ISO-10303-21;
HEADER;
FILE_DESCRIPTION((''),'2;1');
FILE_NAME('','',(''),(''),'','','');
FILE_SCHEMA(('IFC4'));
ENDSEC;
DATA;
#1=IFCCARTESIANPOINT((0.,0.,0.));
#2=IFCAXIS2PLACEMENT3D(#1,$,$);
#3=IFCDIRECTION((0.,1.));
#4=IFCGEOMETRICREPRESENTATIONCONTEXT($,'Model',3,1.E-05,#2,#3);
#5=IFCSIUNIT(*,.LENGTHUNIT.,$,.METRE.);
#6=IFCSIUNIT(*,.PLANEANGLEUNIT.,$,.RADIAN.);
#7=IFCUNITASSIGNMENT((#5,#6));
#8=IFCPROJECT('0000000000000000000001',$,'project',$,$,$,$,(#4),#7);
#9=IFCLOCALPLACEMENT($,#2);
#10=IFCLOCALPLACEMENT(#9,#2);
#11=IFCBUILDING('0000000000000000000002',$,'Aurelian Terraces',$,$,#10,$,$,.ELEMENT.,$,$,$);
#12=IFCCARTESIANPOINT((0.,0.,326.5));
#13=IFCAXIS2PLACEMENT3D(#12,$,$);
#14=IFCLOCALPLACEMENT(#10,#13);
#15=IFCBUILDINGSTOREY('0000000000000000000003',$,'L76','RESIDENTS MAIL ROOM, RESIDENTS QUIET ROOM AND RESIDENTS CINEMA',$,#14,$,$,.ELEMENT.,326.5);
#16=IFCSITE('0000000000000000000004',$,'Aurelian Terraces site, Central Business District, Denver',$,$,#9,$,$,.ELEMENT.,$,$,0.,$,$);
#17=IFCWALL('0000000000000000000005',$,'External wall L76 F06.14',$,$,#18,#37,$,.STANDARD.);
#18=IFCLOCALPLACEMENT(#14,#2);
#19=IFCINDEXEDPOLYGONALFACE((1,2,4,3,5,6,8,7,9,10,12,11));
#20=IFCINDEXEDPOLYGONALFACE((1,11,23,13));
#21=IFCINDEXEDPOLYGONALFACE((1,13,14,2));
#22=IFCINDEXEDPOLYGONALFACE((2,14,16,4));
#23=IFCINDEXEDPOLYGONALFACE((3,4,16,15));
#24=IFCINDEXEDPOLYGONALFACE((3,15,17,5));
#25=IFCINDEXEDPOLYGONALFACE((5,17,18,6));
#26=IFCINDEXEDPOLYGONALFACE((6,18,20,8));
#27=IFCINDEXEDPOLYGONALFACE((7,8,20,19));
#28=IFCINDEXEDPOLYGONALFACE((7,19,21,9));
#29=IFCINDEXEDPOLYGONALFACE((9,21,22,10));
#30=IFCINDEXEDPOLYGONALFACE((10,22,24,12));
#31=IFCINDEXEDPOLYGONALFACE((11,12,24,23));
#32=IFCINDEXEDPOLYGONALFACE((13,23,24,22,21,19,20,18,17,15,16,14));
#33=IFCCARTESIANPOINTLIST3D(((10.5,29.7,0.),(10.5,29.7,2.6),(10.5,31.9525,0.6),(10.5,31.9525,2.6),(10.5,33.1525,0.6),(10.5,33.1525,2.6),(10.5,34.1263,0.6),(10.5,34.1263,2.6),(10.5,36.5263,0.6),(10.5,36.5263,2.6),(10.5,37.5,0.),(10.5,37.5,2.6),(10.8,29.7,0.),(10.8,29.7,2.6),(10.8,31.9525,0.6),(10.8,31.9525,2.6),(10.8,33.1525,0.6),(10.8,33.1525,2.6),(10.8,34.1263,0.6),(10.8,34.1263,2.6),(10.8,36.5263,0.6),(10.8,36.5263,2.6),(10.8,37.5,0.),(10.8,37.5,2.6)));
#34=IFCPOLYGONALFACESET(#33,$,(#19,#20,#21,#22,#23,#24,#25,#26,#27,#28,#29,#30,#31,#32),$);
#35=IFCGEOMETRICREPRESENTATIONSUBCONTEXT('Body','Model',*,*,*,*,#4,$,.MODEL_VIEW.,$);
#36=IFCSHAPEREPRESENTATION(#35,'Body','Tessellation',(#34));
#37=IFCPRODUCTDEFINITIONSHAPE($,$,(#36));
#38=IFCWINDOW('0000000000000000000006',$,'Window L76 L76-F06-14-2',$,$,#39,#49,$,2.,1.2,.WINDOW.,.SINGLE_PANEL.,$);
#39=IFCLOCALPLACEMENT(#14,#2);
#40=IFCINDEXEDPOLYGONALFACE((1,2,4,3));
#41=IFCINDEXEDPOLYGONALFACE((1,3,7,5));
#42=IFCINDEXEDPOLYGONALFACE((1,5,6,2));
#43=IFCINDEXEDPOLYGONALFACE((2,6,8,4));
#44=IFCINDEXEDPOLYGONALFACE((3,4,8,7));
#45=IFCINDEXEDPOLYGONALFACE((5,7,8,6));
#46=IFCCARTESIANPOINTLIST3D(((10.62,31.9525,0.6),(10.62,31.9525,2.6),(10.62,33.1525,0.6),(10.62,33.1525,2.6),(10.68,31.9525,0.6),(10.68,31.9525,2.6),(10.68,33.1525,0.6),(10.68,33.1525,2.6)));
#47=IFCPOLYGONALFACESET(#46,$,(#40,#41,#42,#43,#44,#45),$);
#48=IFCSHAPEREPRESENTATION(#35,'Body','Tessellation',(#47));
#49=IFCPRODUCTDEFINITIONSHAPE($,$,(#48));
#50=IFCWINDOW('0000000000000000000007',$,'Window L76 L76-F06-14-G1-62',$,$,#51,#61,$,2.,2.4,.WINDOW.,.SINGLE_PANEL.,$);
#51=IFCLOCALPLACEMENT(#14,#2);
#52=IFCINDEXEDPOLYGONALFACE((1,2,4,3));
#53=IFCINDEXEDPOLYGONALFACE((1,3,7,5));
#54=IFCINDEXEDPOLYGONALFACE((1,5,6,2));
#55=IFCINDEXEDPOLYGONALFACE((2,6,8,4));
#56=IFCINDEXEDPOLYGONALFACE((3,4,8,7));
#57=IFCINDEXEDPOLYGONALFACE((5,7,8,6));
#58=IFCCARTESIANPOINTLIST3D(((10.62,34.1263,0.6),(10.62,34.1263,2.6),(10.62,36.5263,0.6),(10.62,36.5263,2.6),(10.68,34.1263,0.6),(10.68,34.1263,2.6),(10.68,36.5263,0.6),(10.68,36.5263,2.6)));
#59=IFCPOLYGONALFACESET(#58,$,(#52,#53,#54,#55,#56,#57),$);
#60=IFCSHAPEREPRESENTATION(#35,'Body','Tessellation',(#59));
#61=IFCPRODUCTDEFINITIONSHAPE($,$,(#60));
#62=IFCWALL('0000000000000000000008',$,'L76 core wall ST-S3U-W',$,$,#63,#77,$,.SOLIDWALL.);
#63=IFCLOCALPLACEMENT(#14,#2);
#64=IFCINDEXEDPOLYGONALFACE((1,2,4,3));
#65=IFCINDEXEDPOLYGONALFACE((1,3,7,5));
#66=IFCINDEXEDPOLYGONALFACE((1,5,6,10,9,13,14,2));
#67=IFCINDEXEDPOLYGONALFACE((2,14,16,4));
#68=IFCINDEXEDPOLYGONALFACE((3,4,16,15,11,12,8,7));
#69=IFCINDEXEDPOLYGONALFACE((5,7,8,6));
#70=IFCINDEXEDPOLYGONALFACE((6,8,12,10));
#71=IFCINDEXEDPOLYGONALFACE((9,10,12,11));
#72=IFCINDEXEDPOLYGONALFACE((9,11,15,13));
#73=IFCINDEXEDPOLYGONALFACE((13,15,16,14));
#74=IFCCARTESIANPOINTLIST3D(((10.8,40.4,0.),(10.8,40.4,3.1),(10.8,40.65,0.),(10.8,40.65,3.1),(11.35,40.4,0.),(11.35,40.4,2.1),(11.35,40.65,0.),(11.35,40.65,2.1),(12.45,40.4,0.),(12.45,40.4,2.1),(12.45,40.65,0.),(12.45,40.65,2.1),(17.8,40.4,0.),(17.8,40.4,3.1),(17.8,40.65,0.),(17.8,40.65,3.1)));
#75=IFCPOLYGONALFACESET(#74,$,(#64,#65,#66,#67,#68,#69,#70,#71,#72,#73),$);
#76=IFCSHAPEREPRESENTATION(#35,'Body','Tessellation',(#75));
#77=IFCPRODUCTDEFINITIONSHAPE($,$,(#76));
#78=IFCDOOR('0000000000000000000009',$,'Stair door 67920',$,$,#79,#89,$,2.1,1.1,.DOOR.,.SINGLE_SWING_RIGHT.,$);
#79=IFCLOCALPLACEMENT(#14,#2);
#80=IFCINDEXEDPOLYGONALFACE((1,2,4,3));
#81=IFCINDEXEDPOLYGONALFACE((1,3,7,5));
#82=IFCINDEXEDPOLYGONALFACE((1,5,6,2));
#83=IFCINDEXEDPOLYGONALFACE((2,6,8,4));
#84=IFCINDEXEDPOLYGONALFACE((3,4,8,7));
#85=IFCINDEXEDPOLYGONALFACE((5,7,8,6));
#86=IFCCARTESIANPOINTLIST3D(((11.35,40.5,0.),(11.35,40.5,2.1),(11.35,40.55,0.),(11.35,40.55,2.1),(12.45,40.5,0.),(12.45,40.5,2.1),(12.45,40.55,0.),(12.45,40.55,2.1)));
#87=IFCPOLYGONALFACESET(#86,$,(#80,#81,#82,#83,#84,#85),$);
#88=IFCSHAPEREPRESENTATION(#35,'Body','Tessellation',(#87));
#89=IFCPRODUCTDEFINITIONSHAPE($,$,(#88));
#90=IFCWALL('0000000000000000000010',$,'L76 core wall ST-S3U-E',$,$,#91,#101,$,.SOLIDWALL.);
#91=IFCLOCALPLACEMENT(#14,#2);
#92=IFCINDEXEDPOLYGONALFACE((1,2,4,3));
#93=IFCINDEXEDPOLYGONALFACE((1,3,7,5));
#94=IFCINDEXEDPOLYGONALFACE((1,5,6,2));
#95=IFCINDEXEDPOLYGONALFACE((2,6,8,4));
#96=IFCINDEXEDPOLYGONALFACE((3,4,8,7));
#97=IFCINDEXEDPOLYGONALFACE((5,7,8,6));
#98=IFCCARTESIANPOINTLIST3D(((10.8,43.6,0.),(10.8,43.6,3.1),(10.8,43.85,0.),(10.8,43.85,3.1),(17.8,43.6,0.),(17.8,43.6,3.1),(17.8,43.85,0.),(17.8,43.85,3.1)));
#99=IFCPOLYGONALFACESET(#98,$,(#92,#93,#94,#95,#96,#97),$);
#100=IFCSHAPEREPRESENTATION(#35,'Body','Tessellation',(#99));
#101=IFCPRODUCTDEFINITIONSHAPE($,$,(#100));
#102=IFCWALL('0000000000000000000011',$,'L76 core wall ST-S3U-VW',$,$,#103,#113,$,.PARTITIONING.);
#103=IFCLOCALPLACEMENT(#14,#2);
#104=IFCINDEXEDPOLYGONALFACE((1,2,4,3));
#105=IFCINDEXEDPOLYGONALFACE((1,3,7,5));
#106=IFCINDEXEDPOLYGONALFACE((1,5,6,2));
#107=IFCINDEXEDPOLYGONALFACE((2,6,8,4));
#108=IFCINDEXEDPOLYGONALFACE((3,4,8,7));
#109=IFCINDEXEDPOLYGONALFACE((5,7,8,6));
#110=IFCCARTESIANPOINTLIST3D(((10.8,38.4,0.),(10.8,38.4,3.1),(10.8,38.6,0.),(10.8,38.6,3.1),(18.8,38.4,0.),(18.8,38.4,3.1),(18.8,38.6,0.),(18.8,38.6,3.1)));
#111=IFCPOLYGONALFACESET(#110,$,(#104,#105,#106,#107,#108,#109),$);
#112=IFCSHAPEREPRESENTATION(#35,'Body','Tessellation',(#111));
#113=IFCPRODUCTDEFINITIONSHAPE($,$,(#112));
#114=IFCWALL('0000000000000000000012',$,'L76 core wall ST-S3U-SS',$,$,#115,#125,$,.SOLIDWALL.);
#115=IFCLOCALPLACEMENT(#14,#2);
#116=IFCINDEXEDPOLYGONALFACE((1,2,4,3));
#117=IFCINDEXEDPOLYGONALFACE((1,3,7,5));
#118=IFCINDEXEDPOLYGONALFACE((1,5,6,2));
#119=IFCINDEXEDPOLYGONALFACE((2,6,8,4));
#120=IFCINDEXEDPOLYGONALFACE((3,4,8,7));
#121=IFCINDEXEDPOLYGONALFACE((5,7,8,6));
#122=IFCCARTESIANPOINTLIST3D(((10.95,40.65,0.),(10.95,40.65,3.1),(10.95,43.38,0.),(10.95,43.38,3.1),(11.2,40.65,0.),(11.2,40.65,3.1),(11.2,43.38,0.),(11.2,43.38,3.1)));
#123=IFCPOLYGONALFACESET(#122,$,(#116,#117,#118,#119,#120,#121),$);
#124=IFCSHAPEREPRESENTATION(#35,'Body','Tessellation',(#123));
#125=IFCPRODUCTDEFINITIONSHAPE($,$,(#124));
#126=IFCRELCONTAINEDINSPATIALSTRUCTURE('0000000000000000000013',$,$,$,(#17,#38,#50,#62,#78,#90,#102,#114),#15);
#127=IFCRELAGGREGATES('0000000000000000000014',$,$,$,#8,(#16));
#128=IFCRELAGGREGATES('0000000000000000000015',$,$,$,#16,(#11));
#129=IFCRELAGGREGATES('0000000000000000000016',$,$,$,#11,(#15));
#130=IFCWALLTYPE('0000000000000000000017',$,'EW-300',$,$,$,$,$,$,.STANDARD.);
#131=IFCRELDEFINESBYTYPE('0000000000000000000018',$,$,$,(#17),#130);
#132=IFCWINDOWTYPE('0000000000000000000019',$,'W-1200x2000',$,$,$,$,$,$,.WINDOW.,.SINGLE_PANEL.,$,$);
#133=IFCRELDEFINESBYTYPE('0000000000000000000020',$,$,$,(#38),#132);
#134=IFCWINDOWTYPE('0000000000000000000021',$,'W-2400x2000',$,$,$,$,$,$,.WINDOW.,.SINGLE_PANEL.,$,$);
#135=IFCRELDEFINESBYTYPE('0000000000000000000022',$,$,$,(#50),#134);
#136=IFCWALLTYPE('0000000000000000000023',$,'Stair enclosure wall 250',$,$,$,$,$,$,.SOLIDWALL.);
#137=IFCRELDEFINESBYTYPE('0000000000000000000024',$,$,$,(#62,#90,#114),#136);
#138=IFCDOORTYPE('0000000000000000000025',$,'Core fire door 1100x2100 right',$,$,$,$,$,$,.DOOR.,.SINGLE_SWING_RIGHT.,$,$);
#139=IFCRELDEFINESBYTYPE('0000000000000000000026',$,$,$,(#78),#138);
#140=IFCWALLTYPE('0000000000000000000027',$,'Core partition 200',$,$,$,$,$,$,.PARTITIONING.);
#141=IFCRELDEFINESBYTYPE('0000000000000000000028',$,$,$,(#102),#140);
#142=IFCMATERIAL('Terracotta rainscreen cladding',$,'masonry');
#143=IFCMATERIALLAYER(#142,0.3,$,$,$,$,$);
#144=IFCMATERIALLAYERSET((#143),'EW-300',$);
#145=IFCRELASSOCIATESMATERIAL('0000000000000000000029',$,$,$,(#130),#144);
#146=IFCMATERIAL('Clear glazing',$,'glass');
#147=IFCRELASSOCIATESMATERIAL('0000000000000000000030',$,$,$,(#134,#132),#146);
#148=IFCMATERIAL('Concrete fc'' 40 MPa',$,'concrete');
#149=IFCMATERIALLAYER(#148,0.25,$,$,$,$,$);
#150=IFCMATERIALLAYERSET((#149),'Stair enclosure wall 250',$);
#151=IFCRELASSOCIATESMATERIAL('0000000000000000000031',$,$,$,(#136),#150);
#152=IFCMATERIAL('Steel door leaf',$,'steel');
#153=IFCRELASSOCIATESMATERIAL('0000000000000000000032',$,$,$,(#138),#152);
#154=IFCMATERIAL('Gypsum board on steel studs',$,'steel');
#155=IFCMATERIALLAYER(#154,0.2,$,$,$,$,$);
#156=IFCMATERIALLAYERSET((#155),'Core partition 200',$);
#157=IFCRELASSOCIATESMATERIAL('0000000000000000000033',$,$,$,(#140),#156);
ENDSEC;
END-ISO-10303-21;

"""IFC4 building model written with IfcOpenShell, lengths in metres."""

from ifc_helpers import new_model, si_unit, direction, frame, frame_2d, origin, place, context, subcontext, project, spatial, rectangle, extrude, source, transform, mapped, material, layer, layer_set, type_object, element, fill, save


model = new_model("IFC4")

# Units and contexts
model_context = context("Model", 3, precision=1e-05, world=origin(), true_north=direction((0.0, 1.0)))
body_context = subcontext(model_context, "Body", "Model", "MODEL_VIEW")
ifc_project = project(units=[si_unit("LENGTHUNIT", "METRE"), si_unit("PLANEANGLEUNIT", "RADIAN")], contexts=[model_context])

# Site, building, storey
site_placement = place(None, origin())
site = spatial("IfcSite", under=ifc_project, at=site_placement, Name="Aurelian Terraces site, Central Business District, Denver", CompositionType="ELEMENT", RefElevation=0.0)
building_placement = place(site_placement, origin())
building = spatial("IfcBuilding", under=site, at=building_placement, Name="Aurelian Terraces", CompositionType="ELEMENT")
storey_placement = place(building_placement, frame((0.0, 0.0, 326.5)))
storey = spatial("IfcBuildingStorey", under=building, at=storey_placement, Name="L76", Description="RESIDENTS MAIL ROOM, RESIDENTS QUIET ROOM AND RESIDENTS CINEMA", CompositionType="ELEMENT", Elevation=326.5)

# Shared definitions
ifc_material_1 = material(Name="Concrete fc' 40 MPa", Category="concrete")

# Wall, openings, windows
ifc_material_2 = material(Name="Terracotta rainscreen cladding", Category="masonry")
ifc_layer_1 = layer(ifc_material_2, 0.3)
ifc_layer_set_1 = layer_set([ifc_layer_1], Name="EW-300")
wall_type_1 = type_object("IfcWallType", Name="EW-300", PredefinedType="STANDARD", material=ifc_layer_set_1)
shared_shape_1 = source(origin(), body_context, "Body", "SweptSolid", [
    extrude(rectangle(XDim=2.4, YDim=2.0, at=frame_2d((1.2, 1.0))), frame((0.0, 0.16, 0.0), z_axis=(0.0, -1.0, 0.0), x_axis=(1.0, 0.0, 0.0)), (0.0, 0.0, 1.0), 0.32),
])
ifc_material_3 = material(Name="Clear glazing", Category="glass")
window_type_1 = type_object("IfcWindowType", Name="W-2400x2000", PartitioningType="SINGLE_PANEL", PredefinedType="WINDOW", material=ifc_material_3)
shared_shape_2 = source(origin(), body_context, "Body", "SweptSolid", [
    extrude(rectangle(XDim=2.4, YDim=2.0, at=frame_2d((1.2, 1.0))), frame((0.0, 0.03, 0.0), z_axis=(0.0, -1.0, 0.0), x_axis=(1.0, 0.0, 0.0)), (0.0, 0.0, 1.0), 0.06),
])
shared_shape_3 = source(origin(), body_context, "Body", "SweptSolid", [
    extrude(rectangle(XDim=7.8, YDim=0.3, at=frame_2d((3.9, 0.0))), origin(), (0.0, 0.0, 1.0), 2.6),
])
wall_1_placement = place(storey_placement, frame((10.65, 37.5, 0.0), z_axis=(0.0, 0.0, 1.0), x_axis=(0.0, -1.0, 0.0)))
wall_1 = element("IfcWall", 1, at=wall_1_placement, inside=storey, type_object=wall_type_1, Name="External wall L76 F06.14", PredefinedType="STANDARD", context=body_context, shape_type="MappedRepresentation", body=[
    mapped(shared_shape_3, transform((0.0, 0.0, 0.0), scale=1.0)),
])
shared_shape_4 = source(origin(), body_context, "Body", "SweptSolid", [
    extrude(rectangle(XDim=1.2, YDim=2.0, at=frame_2d((0.6, 1.0))), frame((0.0, 0.16, 0.0), z_axis=(0.0, -1.0, 0.0), x_axis=(1.0, 0.0, 0.0)), (0.0, 0.0, 1.0), 0.32),
])
opening_1_placement = place(wall_1_placement, frame((4.3475, 0.0, 0.6)))
opening_1 = element("IfcOpeningElement", 2, at=opening_1_placement, cuts=wall_1, PredefinedType="OPENING", context=body_context, shape_type="MappedRepresentation", body=[
    mapped(shared_shape_4, transform((0.0, 0.0, 0.0), scale=1.0)),
])
opening_2_placement = place(wall_1_placement, frame((0.9737, 0.0, 0.6)))
opening_2 = element("IfcOpeningElement", 3, at=opening_2_placement, cuts=wall_1, PredefinedType="OPENING", context=body_context, shape_type="MappedRepresentation", body=[
    mapped(shared_shape_1, transform((0.0, 0.0, 0.0), scale=1.0)),
])
window_type_2 = type_object("IfcWindowType", Name="W-1200x2000", PartitioningType="SINGLE_PANEL", PredefinedType="WINDOW", material=ifc_material_3)
shared_shape_5 = source(origin(), body_context, "Body", "SweptSolid", [
    extrude(rectangle(XDim=1.2, YDim=2.0, at=frame_2d((0.6, 1.0))), frame((0.0, 0.03, 0.0), z_axis=(0.0, -1.0, 0.0), x_axis=(1.0, 0.0, 0.0)), (0.0, 0.0, 1.0), 0.06),
])
window_1_placement = place(opening_1_placement, origin())
window_1 = element("IfcWindow", 4, at=window_1_placement, inside=storey, type_object=window_type_2, Name="Window L76 L76-F06-14-2", OverallHeight=2.0, OverallWidth=1.2, PartitioningType="SINGLE_PANEL", PredefinedType="WINDOW", context=body_context, shape_type="MappedRepresentation", body=[
    mapped(shared_shape_5, transform((0.0, 0.0, 0.0), scale=1.0)),
])
fill(opening_1, window_1)
window_2_placement = place(opening_2_placement, origin())
window_2 = element("IfcWindow", 5, at=window_2_placement, inside=storey, type_object=window_type_1, Name="Window L76 L76-F06-14-G1-62", OverallHeight=2.0, OverallWidth=2.4, PartitioningType="SINGLE_PANEL", PredefinedType="WINDOW", context=body_context, shape_type="MappedRepresentation", body=[
    mapped(shared_shape_2, transform((0.0, 0.0, 0.0), scale=1.0)),
])
fill(opening_2, window_2)

# Wall, opening, door
ifc_layer_2 = layer(ifc_material_1, 0.25)
ifc_layer_set_2 = layer_set([ifc_layer_2], Name="Stair enclosure wall 250")
wall_type_2 = type_object("IfcWallType", Name="Stair enclosure wall 250", PredefinedType="SOLIDWALL", material=ifc_layer_set_2)
shared_shape_6 = source(origin(), body_context, "Body", "SweptSolid", [
    extrude(rectangle(XDim=7.0, YDim=0.25, at=frame_2d((3.5, 0.0))), origin(), (0.0, 0.0, 1.0), 3.1),
])
wall_2_placement = place(storey_placement, frame((10.8, 40.525, 0.0), z_axis=(0.0, 0.0, 1.0), x_axis=(1.0, 0.0, 0.0)))
wall_2 = element("IfcWall", 6, at=wall_2_placement, inside=storey, type_object=wall_type_2, Name="L76 core wall ST-S3U-W", PredefinedType="SOLIDWALL", context=body_context, shape_type="MappedRepresentation", body=[
    mapped(shared_shape_6, transform((0.0, 0.0, 0.0), scale=1.0)),
])
shared_shape_7 = source(origin(), body_context, "Body", "SweptSolid", [
    extrude(rectangle(XDim=1.1, YDim=2.1, at=frame_2d((0.55, 1.05))), frame((0.0, 0.135, 0.0), z_axis=(0.0, -1.0, 0.0), x_axis=(1.0, 0.0, 0.0)), (0.0, 0.0, 1.0), 0.27),
])
opening_3_placement = place(wall_2_placement, frame((0.55, 0.0, 0.0)))
opening_3 = element("IfcOpeningElement", 7, at=opening_3_placement, cuts=wall_2, PredefinedType="OPENING", context=body_context, shape_type="MappedRepresentation", body=[
    mapped(shared_shape_7, transform((0.0, 0.0, 0.0), scale=1.0)),
])
ifc_material_4 = material(Name="Steel door leaf", Category="steel")
door_type_1 = type_object("IfcDoorType", Name="Core fire door 1100x2100 right", OperationType="SINGLE_SWING_RIGHT", PredefinedType="DOOR", material=ifc_material_4)
shared_shape_8 = source(origin(), body_context, "Body", "SweptSolid", [
    extrude(rectangle(XDim=1.1, YDim=2.1, at=frame_2d((0.55, 1.05))), frame((0.0, 0.025, 0.0), z_axis=(0.0, -1.0, 0.0), x_axis=(1.0, 0.0, 0.0)), (0.0, 0.0, 1.0), 0.05),
])
door_1_placement = place(opening_3_placement, origin())
door_1 = element("IfcDoor", 8, at=door_1_placement, inside=storey, type_object=door_type_1, Name="Stair door 67920", OperationType="SINGLE_SWING_RIGHT", OverallHeight=2.1, OverallWidth=1.1, PredefinedType="DOOR", context=body_context, shape_type="MappedRepresentation", body=[
    mapped(shared_shape_8, transform((0.0, 0.0, 0.0), scale=1.0)),
])
fill(opening_3, door_1)

# Walls
wall_3_placement = place(storey_placement, frame((10.8, 43.725, 0.0), z_axis=(0.0, 0.0, 1.0), x_axis=(1.0, 0.0, 0.0)))
element("IfcWall", 9, at=wall_3_placement, inside=storey, type_object=wall_type_2, Name="L76 core wall ST-S3U-E", PredefinedType="SOLIDWALL", context=body_context, shape_type="MappedRepresentation", body=[
    mapped(shared_shape_6, transform((0.0, 0.0, 0.0), scale=1.0)),
])
ifc_material_5 = material(Name="Gypsum board on steel studs", Category="steel")
ifc_layer_3 = layer(ifc_material_5, 0.2)
ifc_layer_set_3 = layer_set([ifc_layer_3], Name="Core partition 200")
wall_type_3 = type_object("IfcWallType", Name="Core partition 200", PredefinedType="PARTITIONING", material=ifc_layer_set_3)
shared_shape_9 = source(origin(), body_context, "Body", "SweptSolid", [
    extrude(rectangle(XDim=8.0, YDim=0.2, at=frame_2d((4.0, 0.0))), origin(), (0.0, 0.0, 1.0), 3.1),
])
wall_4_placement = place(storey_placement, frame((10.8, 38.5, 0.0), z_axis=(0.0, 0.0, 1.0), x_axis=(1.0, 0.0, 0.0)))
element("IfcWall", 10, at=wall_4_placement, inside=storey, type_object=wall_type_3, Name="L76 core wall ST-S3U-VW", PredefinedType="PARTITIONING", context=body_context, shape_type="MappedRepresentation", body=[
    mapped(shared_shape_9, transform((0.0, 0.0, 0.0), scale=1.0)),
])
shared_shape_10 = source(origin(), body_context, "Body", "SweptSolid", [
    extrude(rectangle(XDim=2.73, YDim=0.25, at=frame_2d((1.365, 0.0))), origin(), (0.0, 0.0, 1.0), 3.1),
])
wall_5_placement = place(storey_placement, frame((11.075, 40.65, 0.0), z_axis=(0.0, 0.0, 1.0), x_axis=(0.0, 1.0, 0.0)))
element("IfcWall", 11, at=wall_5_placement, inside=storey, type_object=wall_type_2, Name="L76 core wall ST-S3U-SS", PredefinedType="SOLIDWALL", context=body_context, shape_type="MappedRepresentation", body=[
    mapped(shared_shape_10, transform((0.0, 0.0, 0.0), scale=1.0)),
])

save(model, "model.ifc")
